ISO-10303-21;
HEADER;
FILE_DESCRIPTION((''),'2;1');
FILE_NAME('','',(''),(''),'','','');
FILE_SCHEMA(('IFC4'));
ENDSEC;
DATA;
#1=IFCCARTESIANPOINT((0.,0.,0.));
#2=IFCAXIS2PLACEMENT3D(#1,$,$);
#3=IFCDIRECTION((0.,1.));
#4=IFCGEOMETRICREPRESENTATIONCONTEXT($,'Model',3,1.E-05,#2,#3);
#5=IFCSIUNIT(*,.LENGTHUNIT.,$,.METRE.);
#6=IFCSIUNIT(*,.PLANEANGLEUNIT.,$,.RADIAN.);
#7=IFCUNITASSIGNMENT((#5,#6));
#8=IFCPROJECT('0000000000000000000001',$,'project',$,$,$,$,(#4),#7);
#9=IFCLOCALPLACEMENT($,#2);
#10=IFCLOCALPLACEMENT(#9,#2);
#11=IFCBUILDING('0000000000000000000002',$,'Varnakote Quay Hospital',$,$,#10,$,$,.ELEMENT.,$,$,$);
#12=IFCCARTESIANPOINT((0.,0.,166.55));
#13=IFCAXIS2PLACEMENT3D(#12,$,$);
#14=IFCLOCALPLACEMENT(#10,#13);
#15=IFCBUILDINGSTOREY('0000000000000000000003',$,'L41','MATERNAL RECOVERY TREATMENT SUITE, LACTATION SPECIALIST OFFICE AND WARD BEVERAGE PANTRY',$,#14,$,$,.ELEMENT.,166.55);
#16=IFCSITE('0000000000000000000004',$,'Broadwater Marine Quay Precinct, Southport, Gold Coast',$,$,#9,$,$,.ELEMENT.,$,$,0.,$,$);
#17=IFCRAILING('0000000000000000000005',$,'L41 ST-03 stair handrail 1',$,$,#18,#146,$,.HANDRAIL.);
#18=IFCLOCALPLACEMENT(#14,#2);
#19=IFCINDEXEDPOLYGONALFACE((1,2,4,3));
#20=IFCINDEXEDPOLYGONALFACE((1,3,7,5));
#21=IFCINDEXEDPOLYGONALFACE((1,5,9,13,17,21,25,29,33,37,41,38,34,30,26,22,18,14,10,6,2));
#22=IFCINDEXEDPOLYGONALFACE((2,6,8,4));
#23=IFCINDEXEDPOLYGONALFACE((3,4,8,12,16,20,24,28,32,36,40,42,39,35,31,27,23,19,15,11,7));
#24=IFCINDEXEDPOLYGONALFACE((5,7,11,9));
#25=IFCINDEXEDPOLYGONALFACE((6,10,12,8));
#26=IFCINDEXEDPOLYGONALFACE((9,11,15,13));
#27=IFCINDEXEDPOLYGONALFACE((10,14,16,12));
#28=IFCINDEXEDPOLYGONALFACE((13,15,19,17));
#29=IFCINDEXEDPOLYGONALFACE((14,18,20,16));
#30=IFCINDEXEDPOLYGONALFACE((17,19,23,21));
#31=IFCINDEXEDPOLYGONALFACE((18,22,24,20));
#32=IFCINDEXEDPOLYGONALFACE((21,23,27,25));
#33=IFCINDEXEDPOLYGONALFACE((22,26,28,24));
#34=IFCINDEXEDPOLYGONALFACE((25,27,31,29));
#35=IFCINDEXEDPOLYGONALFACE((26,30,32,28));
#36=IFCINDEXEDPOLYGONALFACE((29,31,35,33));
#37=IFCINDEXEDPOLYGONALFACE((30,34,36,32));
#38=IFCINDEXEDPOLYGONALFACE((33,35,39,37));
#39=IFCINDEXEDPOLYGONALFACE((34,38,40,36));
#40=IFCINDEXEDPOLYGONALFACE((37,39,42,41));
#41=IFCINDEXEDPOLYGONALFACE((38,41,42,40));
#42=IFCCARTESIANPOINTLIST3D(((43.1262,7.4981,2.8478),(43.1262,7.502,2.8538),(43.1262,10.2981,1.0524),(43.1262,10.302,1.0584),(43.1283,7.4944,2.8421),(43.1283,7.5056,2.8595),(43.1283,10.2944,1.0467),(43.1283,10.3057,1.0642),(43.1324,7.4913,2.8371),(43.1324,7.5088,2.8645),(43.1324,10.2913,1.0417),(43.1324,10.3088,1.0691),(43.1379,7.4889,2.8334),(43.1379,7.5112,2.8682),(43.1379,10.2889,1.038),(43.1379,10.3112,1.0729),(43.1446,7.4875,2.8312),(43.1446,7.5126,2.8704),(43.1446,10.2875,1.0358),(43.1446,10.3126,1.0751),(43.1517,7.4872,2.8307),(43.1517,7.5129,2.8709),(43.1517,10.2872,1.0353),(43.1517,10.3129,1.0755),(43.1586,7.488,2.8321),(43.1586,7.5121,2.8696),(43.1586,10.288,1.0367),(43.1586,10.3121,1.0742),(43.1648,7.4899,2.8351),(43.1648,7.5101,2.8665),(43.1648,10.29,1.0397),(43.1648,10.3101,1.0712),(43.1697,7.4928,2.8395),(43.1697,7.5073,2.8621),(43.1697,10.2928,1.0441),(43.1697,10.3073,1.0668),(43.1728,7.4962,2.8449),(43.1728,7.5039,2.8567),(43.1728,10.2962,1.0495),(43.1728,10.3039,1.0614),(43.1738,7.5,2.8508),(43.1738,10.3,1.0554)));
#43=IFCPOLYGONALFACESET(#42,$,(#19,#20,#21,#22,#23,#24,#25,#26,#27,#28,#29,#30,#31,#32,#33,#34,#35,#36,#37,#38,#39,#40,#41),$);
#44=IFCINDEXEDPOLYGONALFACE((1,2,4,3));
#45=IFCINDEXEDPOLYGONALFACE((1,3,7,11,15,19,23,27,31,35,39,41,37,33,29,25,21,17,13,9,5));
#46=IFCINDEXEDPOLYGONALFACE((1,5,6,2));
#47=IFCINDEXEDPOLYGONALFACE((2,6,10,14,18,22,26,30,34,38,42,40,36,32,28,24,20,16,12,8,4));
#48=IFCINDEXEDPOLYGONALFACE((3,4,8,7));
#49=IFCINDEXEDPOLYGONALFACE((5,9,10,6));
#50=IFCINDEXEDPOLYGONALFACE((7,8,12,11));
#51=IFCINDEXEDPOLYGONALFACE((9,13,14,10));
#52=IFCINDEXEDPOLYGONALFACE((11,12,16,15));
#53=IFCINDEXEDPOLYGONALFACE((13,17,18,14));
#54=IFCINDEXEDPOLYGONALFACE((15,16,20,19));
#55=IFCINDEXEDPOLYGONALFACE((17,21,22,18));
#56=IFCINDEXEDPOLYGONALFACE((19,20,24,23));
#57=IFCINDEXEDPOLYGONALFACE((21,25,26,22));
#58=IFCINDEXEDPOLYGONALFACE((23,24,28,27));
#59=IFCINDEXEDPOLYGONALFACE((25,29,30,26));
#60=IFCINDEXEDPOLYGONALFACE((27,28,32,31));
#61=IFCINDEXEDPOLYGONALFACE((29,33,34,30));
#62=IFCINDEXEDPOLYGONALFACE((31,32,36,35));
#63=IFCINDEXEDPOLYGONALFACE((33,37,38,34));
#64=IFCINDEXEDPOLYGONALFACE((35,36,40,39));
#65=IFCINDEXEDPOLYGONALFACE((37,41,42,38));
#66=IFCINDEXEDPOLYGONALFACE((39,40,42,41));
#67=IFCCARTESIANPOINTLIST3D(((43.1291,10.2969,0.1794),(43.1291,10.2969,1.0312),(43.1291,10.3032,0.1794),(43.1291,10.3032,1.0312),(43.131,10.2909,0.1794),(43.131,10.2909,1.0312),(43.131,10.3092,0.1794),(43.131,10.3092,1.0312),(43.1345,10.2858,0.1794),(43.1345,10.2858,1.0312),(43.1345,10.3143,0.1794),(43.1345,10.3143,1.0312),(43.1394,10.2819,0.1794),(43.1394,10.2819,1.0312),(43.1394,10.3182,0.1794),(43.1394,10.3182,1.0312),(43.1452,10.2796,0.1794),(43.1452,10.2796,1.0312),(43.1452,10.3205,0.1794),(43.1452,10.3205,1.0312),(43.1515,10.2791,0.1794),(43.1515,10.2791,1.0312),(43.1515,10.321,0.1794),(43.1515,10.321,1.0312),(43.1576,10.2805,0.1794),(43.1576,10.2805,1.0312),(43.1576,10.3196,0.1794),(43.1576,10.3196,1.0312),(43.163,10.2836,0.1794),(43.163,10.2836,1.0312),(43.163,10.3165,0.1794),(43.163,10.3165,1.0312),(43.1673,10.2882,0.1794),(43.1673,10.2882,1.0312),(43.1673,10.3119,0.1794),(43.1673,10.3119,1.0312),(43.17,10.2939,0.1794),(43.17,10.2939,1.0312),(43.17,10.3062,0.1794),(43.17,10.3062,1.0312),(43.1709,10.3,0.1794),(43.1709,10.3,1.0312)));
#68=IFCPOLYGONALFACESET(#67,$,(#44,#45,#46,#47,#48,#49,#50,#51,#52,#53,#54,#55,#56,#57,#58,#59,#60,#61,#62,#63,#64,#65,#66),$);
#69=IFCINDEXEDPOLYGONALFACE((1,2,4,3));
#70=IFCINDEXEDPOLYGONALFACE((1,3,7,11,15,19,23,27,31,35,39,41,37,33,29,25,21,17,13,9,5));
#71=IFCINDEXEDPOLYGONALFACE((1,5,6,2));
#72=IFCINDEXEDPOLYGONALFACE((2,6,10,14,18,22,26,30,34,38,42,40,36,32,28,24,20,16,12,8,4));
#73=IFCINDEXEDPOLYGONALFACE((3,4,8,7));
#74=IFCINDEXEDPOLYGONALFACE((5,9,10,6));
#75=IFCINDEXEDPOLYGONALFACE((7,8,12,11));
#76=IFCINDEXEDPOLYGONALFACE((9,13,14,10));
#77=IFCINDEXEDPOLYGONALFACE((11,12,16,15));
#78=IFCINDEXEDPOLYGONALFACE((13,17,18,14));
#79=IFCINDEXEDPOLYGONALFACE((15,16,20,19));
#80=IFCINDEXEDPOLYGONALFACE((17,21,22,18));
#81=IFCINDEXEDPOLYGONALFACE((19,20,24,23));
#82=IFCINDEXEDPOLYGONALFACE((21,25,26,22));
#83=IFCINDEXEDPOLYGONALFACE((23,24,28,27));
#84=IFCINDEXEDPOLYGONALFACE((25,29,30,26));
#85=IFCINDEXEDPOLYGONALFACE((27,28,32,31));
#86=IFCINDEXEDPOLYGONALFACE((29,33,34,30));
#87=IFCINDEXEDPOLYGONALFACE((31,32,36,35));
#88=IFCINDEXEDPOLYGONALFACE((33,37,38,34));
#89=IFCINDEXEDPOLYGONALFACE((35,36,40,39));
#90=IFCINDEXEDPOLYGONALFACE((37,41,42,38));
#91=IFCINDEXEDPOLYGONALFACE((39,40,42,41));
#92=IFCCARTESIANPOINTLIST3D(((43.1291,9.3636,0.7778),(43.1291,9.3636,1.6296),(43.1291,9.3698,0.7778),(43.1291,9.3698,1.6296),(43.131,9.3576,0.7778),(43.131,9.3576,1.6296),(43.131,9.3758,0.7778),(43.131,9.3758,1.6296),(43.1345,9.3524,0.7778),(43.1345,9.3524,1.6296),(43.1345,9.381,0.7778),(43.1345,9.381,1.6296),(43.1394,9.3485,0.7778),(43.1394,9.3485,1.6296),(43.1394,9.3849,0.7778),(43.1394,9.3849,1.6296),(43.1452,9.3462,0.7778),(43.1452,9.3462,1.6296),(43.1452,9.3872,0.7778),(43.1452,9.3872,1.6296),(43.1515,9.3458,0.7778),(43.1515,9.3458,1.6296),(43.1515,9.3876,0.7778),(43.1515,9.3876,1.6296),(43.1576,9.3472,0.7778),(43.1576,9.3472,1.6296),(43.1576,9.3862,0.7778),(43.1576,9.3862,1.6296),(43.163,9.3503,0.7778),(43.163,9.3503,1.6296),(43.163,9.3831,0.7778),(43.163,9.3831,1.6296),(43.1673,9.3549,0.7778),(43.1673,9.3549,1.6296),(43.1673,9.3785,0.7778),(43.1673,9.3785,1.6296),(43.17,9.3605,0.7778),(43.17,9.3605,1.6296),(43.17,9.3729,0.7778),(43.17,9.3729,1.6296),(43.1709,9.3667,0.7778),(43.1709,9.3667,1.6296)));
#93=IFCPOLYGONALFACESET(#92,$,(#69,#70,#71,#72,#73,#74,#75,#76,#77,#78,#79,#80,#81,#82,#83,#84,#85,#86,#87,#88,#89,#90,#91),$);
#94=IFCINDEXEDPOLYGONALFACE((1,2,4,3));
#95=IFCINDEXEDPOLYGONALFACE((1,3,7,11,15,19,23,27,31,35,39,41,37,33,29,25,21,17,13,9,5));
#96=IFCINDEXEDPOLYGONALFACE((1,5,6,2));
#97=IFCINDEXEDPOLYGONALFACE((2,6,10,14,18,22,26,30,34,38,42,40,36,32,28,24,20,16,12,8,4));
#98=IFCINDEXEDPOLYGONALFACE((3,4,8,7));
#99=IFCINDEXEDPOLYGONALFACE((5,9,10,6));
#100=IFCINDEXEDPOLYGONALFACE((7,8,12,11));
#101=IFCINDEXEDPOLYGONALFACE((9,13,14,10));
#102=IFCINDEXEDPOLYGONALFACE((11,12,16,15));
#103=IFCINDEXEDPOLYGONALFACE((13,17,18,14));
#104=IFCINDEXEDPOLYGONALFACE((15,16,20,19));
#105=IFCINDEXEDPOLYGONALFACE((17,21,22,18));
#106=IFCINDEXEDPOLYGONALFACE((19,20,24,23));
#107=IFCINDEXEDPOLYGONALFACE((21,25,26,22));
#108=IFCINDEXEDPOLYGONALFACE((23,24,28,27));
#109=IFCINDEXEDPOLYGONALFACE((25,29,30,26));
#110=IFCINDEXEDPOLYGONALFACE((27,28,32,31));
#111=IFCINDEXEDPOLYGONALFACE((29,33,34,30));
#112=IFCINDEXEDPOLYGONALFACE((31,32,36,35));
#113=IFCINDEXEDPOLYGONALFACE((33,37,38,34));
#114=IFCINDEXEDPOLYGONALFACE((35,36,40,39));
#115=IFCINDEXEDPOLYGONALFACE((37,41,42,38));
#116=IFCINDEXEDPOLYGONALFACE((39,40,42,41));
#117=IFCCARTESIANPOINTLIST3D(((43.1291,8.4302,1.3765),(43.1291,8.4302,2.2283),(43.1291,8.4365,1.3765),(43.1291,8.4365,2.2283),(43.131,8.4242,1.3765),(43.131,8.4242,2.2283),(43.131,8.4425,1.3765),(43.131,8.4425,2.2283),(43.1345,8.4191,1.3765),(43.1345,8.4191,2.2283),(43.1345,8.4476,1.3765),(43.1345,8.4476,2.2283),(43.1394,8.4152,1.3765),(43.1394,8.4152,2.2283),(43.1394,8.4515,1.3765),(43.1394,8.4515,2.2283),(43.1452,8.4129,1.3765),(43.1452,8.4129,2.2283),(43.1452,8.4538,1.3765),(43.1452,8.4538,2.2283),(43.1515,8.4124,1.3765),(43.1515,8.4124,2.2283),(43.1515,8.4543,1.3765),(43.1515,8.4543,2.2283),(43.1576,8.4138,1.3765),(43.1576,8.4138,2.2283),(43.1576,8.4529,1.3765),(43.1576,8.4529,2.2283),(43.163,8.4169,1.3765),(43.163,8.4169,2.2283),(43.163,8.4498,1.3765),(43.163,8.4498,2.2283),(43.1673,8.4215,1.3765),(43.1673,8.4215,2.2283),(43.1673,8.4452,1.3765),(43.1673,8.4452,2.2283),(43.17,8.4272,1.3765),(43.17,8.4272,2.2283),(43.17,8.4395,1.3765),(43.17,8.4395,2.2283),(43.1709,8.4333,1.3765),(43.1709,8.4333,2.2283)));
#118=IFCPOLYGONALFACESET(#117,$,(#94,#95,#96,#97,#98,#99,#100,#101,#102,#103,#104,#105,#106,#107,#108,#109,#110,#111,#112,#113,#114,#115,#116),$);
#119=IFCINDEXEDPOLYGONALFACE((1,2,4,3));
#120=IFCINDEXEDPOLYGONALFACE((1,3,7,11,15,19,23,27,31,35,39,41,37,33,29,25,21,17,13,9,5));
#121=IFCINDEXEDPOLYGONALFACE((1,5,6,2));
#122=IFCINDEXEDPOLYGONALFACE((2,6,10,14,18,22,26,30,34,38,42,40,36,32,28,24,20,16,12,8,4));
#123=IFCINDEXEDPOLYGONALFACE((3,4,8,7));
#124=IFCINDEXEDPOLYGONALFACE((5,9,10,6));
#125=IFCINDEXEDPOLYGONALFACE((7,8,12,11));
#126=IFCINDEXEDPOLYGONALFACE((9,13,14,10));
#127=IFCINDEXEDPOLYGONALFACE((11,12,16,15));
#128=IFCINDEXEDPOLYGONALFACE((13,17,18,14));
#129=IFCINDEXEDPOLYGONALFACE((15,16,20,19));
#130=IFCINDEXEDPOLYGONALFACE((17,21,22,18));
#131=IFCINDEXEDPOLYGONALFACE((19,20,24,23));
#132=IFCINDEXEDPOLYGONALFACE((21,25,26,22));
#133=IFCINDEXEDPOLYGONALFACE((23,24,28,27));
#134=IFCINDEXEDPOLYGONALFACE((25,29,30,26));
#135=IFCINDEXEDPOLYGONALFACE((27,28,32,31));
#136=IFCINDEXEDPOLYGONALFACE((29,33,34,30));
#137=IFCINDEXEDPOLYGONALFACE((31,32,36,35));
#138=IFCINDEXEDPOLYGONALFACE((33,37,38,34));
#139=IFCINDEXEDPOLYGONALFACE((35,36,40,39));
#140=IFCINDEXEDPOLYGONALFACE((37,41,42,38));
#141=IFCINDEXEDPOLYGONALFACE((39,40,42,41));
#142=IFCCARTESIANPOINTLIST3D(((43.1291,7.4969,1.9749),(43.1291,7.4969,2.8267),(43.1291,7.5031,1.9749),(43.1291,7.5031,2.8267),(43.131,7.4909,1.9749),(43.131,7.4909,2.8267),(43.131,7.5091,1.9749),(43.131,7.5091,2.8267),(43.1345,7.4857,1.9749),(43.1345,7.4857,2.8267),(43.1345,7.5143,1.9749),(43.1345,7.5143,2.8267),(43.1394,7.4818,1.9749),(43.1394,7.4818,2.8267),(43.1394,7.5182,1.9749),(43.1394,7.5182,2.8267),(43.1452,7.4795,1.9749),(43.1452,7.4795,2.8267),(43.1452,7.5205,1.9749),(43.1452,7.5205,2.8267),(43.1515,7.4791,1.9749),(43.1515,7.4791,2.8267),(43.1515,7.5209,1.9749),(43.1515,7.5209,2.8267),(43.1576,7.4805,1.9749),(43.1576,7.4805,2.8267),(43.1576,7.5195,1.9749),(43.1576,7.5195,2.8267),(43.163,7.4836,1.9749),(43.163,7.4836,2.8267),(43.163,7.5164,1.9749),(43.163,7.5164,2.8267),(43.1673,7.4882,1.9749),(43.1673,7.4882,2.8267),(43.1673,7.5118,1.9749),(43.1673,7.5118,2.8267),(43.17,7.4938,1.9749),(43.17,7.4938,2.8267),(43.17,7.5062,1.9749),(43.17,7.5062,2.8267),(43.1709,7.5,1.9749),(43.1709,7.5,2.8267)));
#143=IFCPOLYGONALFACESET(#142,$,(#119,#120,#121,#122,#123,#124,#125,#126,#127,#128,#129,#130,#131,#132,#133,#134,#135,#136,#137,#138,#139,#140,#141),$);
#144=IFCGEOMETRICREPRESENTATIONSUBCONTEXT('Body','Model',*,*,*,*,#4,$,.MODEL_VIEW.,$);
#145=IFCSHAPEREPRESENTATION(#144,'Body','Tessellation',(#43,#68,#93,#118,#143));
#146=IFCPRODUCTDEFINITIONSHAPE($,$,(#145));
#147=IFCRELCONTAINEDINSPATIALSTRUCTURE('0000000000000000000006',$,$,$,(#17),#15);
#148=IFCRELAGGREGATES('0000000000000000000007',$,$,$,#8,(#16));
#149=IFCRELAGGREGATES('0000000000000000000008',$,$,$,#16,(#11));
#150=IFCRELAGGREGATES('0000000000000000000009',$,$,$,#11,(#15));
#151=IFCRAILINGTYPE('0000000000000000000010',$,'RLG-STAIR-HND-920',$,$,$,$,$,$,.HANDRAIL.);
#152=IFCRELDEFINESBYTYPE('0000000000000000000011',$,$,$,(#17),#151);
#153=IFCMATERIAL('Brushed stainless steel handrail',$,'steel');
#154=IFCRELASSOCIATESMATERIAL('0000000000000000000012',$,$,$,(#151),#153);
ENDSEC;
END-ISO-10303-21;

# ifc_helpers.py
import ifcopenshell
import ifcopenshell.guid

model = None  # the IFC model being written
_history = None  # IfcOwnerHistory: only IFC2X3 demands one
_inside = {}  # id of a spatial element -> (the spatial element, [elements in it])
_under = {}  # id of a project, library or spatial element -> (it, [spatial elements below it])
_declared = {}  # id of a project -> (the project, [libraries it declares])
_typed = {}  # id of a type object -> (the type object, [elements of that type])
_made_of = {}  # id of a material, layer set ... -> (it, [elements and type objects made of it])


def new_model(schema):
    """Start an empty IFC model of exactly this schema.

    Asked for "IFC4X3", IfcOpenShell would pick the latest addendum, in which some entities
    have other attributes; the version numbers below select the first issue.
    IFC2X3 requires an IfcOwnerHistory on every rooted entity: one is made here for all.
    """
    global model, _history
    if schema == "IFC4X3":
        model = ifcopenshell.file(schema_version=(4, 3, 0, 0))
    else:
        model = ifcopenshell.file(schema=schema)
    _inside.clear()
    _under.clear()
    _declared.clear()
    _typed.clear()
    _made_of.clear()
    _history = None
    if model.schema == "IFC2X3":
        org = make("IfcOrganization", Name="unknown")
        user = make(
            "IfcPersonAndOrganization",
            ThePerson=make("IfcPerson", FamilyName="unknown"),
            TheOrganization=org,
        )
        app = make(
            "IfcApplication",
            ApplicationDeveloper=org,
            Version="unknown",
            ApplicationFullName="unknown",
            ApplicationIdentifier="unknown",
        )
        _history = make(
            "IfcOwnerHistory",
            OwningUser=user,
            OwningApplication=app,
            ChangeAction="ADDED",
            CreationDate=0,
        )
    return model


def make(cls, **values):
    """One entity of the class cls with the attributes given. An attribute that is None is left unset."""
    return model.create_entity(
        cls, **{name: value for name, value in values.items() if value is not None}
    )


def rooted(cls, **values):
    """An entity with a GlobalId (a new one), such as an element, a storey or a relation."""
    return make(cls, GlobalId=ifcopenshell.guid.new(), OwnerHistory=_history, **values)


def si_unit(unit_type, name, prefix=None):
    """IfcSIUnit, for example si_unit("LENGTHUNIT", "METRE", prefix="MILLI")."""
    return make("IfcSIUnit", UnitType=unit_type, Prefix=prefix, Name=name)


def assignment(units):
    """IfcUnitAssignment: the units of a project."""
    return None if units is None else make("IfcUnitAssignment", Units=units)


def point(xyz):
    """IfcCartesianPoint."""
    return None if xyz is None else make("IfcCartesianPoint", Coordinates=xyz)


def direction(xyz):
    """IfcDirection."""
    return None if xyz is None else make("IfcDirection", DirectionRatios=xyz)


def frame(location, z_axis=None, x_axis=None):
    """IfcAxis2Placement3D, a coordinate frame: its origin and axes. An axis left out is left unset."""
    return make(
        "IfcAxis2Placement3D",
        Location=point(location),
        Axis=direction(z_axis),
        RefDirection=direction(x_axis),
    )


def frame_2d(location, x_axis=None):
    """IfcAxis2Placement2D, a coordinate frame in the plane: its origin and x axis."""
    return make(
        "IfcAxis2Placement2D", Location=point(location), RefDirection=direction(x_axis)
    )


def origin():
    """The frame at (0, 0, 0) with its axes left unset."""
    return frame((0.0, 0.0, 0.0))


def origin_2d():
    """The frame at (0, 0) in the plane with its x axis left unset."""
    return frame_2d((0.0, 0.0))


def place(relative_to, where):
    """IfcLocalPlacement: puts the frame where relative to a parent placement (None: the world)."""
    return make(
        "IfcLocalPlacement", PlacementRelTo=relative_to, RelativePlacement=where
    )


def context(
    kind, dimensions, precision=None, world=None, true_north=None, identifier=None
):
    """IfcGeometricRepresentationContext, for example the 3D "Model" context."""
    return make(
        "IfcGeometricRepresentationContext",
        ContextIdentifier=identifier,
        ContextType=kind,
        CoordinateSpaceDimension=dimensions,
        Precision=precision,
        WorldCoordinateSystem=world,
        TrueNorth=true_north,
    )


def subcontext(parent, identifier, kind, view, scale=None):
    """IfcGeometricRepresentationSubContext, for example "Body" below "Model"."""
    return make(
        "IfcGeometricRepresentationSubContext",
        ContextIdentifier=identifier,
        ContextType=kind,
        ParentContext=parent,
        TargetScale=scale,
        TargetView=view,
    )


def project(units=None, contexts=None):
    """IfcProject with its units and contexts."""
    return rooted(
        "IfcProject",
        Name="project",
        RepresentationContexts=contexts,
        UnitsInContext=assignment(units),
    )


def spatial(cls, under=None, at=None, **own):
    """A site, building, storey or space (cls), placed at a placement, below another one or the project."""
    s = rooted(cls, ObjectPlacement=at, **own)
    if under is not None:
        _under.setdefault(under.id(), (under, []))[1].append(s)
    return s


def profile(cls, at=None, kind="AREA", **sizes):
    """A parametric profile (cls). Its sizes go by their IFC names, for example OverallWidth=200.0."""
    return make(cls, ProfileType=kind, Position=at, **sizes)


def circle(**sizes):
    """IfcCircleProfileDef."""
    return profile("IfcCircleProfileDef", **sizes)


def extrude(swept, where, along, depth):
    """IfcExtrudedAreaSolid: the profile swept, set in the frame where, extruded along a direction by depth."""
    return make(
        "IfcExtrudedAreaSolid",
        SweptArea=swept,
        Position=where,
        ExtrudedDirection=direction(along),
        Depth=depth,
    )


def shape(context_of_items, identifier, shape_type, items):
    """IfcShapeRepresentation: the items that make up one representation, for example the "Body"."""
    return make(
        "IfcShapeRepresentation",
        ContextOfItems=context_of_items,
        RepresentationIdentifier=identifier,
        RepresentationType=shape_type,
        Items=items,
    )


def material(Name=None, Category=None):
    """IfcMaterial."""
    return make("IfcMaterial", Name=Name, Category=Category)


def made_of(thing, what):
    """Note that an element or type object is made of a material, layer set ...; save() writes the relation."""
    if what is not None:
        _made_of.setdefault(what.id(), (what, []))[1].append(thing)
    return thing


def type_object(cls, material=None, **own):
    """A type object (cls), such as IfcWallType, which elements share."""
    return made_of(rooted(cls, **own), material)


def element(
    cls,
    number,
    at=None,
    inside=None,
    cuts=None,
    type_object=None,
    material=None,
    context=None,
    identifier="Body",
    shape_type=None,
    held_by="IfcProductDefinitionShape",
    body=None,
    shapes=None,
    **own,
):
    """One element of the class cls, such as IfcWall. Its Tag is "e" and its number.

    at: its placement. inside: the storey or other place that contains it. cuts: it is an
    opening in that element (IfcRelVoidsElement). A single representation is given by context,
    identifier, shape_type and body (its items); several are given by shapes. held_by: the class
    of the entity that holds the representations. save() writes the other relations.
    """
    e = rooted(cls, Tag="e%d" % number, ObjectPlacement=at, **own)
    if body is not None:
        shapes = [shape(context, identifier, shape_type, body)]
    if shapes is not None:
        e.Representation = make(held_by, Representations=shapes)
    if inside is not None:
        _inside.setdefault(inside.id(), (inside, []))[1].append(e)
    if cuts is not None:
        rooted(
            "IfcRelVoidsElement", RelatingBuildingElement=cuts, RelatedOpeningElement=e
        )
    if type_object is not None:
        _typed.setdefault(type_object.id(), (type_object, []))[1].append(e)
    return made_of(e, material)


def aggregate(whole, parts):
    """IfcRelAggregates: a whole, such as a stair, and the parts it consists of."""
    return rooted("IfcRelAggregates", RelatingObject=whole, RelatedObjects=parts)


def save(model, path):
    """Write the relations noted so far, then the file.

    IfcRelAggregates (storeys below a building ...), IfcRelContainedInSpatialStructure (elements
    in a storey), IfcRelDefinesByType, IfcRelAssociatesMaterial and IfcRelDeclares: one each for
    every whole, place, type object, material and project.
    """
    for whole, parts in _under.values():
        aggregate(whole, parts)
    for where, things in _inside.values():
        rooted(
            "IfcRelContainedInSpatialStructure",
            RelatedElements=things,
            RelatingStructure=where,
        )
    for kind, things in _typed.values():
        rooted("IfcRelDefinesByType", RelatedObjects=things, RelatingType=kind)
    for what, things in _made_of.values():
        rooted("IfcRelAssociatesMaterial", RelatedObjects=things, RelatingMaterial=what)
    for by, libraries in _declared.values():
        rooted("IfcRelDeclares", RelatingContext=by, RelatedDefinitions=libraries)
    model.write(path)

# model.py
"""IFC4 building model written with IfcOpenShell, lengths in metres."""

from ifc_helpers import new_model, si_unit, direction, frame, origin, origin_2d, place, context, subcontext, project, spatial, circle, extrude, material, type_object, element, save


model = new_model("IFC4")

# Units and contexts
model_context = context("Model", 3, precision=1e-05, world=origin(), true_north=direction((0.0, 1.0)))
body_context = subcontext(model_context, "Body", "Model", "MODEL_VIEW")
ifc_project = project(units=[si_unit("LENGTHUNIT", "METRE"), si_unit("PLANEANGLEUNIT", "RADIAN")], contexts=[model_context])

# Site, building, storey
site_placement = place(None, origin())
site = spatial("IfcSite", under=ifc_project, at=site_placement, Name="Broadwater Marine Quay Precinct, Southport, Gold Coast", CompositionType="ELEMENT", RefElevation=0.0)
building_placement = place(site_placement, origin())
building = spatial("IfcBuilding", under=site, at=building_placement, Name="Varnakote Quay Hospital", CompositionType="ELEMENT")
storey_placement = place(building_placement, frame((0.0, 0.0, 166.55)))
storey = spatial("IfcBuildingStorey", under=building, at=storey_placement, Name="L41", Description="MATERNAL RECOVERY TREATMENT SUITE, LACTATION SPECIALIST OFFICE AND WARD BEVERAGE PANTRY", CompositionType="ELEMENT", Elevation=166.55)

# Railing
ifc_material_1 = material(Name="Brushed stainless steel handrail", Category="steel")
railing_type_1 = type_object("IfcRailingType", Name="RLG-STAIR-HND-920", PredefinedType="HANDRAIL", material=ifc_material_1)
railing_1_placement = place(storey_placement, frame((43.1499, 10.3, 0.1794)))
element("IfcRailing", 1, at=railing_1_placement, inside=storey, type_object=railing_type_1, Name="L41 ST-03 stair handrail 1", PredefinedType="HANDRAIL", context=body_context, shape_type="SweptSolid", body=[
    extrude(circle(Radius=0.0239, at=origin_2d()), frame((0.0, 0.0, 0.876), z_axis=(0.0, -0.84181, 0.539774), x_axis=(1.0, 0.0, 0.0)), (0.0, 0.0, 1.0), 3.3262),
    extrude(circle(Radius=0.021, at=origin_2d()), origin(), (0.0, 0.0, 1.0), 0.8518),
    extrude(circle(Radius=0.021, at=origin_2d()), frame((0.0, -0.9333, 0.5984)), (0.0, 0.0, 1.0), 0.8518),
    extrude(circle(Radius=0.021, at=origin_2d()), frame((0.0, -1.8667, 1.197)), (0.0, 0.0, 1.0), 0.8518),
    extrude(circle(Radius=0.021, at=origin_2d()), frame((0.0, -2.8, 1.7954)), (0.0, 0.0, 1.0), 0.8518),
])

save(model, "model.ifc")
